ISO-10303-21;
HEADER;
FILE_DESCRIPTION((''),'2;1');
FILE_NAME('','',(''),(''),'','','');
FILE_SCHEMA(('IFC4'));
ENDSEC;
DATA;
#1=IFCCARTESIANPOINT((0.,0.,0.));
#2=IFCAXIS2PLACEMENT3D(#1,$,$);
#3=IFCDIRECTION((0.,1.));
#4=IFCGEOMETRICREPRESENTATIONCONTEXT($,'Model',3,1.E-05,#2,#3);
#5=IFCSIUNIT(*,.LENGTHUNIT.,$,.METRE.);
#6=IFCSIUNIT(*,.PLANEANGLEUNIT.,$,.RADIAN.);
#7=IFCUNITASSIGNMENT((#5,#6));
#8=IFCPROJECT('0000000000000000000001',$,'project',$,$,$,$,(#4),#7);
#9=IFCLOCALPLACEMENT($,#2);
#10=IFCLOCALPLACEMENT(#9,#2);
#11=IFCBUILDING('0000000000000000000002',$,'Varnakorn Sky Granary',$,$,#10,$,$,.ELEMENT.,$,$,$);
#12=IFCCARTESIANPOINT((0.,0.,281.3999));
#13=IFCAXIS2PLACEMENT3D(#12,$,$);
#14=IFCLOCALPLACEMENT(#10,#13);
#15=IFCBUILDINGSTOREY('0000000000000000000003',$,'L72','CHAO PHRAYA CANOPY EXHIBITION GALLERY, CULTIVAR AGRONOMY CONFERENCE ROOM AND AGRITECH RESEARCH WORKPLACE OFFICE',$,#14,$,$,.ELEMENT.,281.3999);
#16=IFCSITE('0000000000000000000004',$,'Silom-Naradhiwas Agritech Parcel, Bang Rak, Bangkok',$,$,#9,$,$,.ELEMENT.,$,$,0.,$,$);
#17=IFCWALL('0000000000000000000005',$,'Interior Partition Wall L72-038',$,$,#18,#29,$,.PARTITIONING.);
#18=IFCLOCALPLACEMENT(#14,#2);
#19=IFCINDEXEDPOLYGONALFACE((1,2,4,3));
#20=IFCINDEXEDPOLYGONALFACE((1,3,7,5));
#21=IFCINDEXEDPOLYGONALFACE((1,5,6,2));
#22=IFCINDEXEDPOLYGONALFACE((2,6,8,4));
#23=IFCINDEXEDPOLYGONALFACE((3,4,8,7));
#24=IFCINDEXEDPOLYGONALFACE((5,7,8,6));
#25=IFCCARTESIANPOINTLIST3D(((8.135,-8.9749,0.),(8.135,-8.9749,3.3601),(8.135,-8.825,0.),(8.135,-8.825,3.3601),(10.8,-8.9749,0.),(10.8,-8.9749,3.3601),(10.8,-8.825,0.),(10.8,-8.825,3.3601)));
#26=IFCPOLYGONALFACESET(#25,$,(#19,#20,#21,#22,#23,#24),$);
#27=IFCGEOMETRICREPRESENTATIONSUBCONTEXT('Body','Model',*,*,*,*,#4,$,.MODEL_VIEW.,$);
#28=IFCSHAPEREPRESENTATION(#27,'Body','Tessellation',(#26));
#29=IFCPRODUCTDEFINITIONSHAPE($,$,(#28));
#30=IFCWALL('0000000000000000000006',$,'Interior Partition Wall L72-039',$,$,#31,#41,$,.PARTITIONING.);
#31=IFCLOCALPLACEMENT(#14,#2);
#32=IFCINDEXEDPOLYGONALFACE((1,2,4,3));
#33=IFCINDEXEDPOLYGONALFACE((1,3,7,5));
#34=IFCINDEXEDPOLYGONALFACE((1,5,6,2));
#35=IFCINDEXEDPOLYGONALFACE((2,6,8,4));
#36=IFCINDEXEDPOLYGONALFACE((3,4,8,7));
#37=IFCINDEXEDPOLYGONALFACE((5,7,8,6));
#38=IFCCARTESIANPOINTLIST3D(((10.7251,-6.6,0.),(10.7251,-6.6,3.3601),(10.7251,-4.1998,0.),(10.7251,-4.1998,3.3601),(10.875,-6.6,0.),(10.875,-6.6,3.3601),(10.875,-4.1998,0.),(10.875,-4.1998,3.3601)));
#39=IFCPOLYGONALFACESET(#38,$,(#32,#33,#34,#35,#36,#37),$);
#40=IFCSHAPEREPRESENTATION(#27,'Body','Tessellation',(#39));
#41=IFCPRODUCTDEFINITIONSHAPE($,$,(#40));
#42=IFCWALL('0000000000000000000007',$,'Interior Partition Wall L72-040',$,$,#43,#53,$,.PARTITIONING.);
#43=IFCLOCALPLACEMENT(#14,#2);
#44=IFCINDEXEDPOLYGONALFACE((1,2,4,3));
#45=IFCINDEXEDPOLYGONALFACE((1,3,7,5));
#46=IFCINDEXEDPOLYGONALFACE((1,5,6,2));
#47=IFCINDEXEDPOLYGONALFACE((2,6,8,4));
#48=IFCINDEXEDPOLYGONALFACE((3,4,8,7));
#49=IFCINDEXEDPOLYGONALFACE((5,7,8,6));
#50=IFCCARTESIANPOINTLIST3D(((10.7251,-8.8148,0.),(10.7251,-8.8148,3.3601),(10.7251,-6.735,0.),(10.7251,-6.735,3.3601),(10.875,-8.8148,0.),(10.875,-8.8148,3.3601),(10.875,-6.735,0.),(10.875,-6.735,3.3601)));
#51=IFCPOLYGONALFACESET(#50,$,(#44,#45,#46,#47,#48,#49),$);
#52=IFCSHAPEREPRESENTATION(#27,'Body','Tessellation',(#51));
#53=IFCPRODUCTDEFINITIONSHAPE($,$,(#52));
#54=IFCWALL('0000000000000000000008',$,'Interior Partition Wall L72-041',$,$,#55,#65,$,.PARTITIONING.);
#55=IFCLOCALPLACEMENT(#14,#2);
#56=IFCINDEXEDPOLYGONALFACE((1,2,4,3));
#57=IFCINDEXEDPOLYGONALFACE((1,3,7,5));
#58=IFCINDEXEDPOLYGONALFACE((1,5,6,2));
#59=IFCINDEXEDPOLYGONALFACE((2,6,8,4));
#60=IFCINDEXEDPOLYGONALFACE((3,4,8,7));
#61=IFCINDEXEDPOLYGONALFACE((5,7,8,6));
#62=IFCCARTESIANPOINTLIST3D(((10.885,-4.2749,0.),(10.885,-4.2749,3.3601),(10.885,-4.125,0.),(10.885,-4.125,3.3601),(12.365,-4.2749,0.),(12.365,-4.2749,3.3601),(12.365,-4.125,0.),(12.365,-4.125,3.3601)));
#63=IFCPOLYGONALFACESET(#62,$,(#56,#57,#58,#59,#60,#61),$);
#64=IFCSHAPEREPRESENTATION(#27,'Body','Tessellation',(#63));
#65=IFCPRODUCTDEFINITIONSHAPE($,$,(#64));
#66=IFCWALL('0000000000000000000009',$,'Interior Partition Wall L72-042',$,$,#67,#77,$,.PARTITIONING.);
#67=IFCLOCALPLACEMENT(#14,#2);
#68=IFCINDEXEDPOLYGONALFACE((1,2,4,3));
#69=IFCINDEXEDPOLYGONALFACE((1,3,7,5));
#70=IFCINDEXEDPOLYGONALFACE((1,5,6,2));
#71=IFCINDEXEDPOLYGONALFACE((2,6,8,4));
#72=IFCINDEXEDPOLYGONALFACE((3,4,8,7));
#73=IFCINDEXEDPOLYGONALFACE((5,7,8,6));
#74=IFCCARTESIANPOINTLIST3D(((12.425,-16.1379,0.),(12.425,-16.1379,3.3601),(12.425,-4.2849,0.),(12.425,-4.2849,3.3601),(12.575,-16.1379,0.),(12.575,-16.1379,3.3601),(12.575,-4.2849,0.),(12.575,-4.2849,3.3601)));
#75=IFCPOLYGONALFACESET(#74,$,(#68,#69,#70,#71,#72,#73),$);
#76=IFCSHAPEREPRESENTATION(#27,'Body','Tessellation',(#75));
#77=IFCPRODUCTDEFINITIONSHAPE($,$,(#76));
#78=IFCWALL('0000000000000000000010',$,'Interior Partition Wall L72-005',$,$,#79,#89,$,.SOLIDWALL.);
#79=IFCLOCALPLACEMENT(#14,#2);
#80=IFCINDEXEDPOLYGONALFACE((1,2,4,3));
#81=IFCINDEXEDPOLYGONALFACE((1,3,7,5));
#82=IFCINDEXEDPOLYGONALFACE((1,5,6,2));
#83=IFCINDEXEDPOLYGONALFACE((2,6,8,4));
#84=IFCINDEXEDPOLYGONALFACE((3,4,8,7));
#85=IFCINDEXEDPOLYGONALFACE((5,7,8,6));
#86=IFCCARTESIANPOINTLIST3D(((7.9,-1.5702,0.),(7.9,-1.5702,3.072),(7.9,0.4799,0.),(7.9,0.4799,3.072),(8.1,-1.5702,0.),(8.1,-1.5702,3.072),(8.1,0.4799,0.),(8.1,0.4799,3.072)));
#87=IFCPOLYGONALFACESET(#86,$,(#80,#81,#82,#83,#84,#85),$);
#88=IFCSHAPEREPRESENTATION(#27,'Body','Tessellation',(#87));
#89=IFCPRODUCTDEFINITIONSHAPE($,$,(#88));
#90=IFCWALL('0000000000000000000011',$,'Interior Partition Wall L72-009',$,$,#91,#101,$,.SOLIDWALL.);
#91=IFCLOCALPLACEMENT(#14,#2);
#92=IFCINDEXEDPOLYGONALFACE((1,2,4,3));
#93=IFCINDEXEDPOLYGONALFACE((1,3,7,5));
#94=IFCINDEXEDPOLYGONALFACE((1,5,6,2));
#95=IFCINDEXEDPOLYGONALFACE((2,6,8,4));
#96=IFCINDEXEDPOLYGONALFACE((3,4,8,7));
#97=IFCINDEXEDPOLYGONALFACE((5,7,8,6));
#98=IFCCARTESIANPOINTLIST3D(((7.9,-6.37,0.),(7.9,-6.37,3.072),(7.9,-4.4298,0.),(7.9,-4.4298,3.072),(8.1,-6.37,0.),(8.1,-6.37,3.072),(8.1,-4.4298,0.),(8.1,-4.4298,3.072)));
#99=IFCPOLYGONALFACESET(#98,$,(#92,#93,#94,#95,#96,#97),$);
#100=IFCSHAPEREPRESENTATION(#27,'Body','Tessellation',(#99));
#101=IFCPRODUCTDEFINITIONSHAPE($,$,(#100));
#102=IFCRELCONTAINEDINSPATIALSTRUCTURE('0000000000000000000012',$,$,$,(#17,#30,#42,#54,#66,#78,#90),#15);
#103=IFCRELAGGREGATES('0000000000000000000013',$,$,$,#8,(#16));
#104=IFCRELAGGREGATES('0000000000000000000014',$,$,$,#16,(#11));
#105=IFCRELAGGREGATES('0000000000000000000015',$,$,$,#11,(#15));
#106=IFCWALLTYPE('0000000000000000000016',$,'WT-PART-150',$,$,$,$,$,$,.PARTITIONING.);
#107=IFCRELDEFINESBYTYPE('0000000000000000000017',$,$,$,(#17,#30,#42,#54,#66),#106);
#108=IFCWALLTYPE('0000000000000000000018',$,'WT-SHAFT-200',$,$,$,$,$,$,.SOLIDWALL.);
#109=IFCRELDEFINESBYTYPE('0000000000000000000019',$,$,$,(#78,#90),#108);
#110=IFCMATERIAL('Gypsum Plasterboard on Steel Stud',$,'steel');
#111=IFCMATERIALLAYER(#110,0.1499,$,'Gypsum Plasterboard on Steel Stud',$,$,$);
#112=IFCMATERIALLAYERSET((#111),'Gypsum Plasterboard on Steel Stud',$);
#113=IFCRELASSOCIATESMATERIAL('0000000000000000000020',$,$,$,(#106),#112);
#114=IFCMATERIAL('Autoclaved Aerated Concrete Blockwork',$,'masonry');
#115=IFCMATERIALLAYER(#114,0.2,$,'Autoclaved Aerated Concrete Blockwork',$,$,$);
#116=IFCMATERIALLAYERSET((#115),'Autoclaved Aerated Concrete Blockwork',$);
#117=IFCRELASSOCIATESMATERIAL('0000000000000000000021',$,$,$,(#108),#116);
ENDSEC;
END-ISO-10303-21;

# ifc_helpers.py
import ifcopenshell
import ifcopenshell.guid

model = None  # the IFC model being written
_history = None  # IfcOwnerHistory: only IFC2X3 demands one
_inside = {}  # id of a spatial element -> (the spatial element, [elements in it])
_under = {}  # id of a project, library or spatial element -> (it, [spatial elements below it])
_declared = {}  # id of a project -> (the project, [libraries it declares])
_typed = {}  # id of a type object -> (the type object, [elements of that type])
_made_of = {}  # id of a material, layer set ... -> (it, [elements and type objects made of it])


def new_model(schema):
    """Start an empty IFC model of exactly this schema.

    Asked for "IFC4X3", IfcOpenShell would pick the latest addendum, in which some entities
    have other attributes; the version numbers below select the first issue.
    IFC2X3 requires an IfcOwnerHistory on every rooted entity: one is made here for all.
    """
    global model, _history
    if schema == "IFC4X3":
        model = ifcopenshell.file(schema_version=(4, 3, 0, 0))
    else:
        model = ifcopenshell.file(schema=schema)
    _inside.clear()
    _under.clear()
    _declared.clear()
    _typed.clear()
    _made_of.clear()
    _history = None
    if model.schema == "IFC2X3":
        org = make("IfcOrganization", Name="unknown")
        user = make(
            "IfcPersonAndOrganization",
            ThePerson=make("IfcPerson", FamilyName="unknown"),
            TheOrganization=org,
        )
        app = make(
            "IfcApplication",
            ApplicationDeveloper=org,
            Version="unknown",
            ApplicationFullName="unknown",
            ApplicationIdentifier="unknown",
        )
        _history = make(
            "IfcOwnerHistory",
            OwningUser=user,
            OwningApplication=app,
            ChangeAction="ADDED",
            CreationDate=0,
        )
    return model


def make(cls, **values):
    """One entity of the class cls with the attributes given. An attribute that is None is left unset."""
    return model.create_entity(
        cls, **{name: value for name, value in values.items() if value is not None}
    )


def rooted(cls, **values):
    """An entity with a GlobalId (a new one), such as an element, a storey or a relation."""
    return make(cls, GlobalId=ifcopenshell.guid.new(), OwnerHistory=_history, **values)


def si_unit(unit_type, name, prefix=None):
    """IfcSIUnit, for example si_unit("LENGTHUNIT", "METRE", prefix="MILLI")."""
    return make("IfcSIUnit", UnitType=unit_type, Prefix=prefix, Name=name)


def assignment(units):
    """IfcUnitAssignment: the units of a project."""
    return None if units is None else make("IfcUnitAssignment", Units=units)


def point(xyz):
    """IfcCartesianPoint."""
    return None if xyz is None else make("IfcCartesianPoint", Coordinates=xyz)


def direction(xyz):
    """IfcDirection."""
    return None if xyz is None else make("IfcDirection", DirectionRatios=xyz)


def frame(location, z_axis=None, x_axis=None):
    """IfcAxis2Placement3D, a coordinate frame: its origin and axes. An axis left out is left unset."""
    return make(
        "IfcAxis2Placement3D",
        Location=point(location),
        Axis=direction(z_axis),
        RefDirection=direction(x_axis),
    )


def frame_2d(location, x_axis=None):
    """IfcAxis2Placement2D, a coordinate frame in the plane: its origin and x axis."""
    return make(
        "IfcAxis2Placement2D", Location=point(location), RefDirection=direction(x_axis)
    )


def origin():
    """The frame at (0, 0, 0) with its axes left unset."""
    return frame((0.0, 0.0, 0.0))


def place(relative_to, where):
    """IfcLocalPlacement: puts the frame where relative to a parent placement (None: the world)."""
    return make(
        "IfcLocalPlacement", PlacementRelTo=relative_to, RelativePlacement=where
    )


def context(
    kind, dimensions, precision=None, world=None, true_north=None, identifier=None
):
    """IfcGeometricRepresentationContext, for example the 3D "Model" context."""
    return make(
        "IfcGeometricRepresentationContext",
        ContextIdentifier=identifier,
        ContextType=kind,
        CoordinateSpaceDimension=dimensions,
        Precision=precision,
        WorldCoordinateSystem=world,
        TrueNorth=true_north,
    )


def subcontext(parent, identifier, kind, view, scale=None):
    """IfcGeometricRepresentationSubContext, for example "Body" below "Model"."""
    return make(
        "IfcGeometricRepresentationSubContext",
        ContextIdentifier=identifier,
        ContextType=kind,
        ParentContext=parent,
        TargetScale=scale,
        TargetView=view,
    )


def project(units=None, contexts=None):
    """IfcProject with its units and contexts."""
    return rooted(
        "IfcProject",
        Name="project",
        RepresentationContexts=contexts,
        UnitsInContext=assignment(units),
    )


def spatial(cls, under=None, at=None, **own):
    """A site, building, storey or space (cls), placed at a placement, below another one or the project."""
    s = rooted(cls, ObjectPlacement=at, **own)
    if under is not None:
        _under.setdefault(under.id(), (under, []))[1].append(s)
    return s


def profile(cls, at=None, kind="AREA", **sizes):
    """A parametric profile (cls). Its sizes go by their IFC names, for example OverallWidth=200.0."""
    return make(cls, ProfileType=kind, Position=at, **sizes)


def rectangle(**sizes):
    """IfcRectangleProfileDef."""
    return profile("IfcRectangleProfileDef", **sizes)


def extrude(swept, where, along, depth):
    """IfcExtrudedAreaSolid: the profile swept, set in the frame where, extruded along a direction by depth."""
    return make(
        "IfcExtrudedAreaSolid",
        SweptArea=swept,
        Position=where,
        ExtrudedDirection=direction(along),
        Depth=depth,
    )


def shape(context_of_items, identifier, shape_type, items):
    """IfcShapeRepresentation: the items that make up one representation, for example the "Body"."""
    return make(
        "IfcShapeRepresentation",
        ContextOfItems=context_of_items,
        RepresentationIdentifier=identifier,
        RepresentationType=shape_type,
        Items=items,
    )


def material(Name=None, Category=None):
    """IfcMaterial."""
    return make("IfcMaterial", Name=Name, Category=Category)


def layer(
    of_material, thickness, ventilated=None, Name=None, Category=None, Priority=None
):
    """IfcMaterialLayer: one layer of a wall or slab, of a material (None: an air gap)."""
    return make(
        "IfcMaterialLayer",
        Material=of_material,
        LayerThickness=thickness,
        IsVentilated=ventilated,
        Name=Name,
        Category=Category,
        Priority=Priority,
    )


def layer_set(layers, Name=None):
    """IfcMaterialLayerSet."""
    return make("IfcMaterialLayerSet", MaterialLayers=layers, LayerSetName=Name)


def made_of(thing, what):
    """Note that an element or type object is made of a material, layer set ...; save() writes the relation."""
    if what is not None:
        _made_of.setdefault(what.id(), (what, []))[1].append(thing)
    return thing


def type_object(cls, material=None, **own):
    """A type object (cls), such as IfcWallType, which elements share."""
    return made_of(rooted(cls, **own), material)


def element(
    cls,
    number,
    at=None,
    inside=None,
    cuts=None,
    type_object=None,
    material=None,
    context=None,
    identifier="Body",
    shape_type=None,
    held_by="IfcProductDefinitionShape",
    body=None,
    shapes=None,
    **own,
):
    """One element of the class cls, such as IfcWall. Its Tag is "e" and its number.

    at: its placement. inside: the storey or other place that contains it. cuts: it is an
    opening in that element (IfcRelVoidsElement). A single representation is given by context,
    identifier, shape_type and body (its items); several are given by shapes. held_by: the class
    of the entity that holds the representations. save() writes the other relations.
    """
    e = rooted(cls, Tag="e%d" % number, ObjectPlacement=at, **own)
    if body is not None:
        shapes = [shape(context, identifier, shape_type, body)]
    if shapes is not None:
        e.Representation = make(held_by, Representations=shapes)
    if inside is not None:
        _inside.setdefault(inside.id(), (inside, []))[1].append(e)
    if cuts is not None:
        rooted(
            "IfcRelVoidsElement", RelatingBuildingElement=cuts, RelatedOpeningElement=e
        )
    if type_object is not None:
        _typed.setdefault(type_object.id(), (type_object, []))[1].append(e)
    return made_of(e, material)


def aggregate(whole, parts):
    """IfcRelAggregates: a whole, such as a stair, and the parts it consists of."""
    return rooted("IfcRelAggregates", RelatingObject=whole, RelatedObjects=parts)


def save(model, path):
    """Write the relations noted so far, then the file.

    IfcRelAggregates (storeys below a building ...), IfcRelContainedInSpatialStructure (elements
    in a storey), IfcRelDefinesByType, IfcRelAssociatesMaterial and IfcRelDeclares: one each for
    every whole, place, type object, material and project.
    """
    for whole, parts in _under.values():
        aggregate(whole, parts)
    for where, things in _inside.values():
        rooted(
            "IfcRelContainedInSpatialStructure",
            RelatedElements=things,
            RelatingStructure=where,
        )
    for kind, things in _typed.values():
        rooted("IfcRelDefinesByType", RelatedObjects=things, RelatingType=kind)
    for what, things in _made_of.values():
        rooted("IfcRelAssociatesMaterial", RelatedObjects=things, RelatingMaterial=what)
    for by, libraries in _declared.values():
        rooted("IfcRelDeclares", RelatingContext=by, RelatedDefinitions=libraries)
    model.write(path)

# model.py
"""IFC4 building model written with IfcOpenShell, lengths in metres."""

from ifc_helpers import new_model, si_unit, direction, frame, frame_2d, origin, place, context, subcontext, project, spatial, rectangle, extrude, material, layer, layer_set, type_object, element, save


model = new_model("IFC4")

# Units and contexts
model_context = context("Model", 3, precision=1e-05, world=origin(), true_north=direction((0.0, 1.0)))
body_context = subcontext(model_context, "Body", "Model", "MODEL_VIEW")
ifc_project = project(units=[si_unit("LENGTHUNIT", "METRE"), si_unit("PLANEANGLEUNIT", "RADIAN")], contexts=[model_context])

# Site, building, storey
site_placement = place(None, origin())
site = spatial("IfcSite", under=ifc_project, at=site_placement, Name="Silom-Naradhiwas Agritech Parcel, Bang Rak, Bangkok", CompositionType="ELEMENT", RefElevation=0.0)
building_placement = place(site_placement, origin())
building = spatial("IfcBuilding", under=site, at=building_placement, Name="Varnakorn Sky Granary", CompositionType="ELEMENT")
storey_placement = place(building_placement, frame((0.0, 0.0, 281.3999)))
storey = spatial("IfcBuildingStorey", under=building, at=storey_placement, Name="L72", Description="CHAO PHRAYA CANOPY EXHIBITION GALLERY, CULTIVAR AGRONOMY CONFERENCE ROOM AND AGRITECH RESEARCH WORKPLACE OFFICE", CompositionType="ELEMENT", Elevation=281.3999)

# Shared definitions
ifc_material_1 = material(Name="Autoclaved Aerated Concrete Blockwork", Category="masonry")
ifc_material_2 = material(Name="Gypsum Plasterboard on Steel Stud", Category="steel")
ifc_layer_1 = layer(ifc_material_2, 0.1499, Name="Gypsum Plasterboard on Steel Stud")
ifc_layer_set_1 = layer_set([ifc_layer_1], Name="Gypsum Plasterboard on Steel Stud")
wall_type_1 = type_object("IfcWallType", Name="WT-PART-150", PredefinedType="PARTITIONING", material=ifc_layer_set_1)

# Walls
wall_1_placement = place(storey_placement, frame((8.135, -8.8999, 0.0), z_axis=(0.0, 0.0, 1.0), x_axis=(1.0, 0.0, 0.0)))
element("IfcWall", 1, at=wall_1_placement, inside=storey, type_object=wall_type_1, Name="Interior Partition Wall L72-038", PredefinedType="PARTITIONING", context=body_context, shape_type="SweptSolid", body=[
    extrude(rectangle(XDim=2.665, YDim=0.1499, at=frame_2d((1.3325, 0.0))), origin(), (0.0, 0.0, 1.0), 3.3601),
])
wall_2_placement = place(storey_placement, frame((10.8, -6.6001, 0.0), z_axis=(0.0, 0.0, 1.0), x_axis=(0.0, 1.0, 0.0)))
element("IfcWall", 2, at=wall_2_placement, inside=storey, type_object=wall_type_1, Name="Interior Partition Wall L72-039", PredefinedType="PARTITIONING", context=body_context, shape_type="SweptSolid", body=[
    extrude(rectangle(XDim=2.4001, YDim=0.1499, at=frame_2d((1.2002, 0.0))), origin(), (0.0, 0.0, 1.0), 3.3601),
])
wall_3_placement = place(storey_placement, frame((10.8, -8.8149, 0.0), z_axis=(0.0, 0.0, 1.0), x_axis=(0.0, 1.0, 0.0)))
element("IfcWall", 3, at=wall_3_placement, inside=storey, type_object=wall_type_1, Name="Interior Partition Wall L72-040", PredefinedType="PARTITIONING", context=body_context, shape_type="SweptSolid", body=[
    extrude(rectangle(XDim=2.0798, YDim=0.1499, at=frame_2d((1.04, 0.0))), origin(), (0.0, 0.0, 1.0), 3.3601),
])
wall_4_placement = place(storey_placement, frame((10.885, -4.2, 0.0), z_axis=(0.0, 0.0, 1.0), x_axis=(1.0, 0.0, 0.0)))
element("IfcWall", 4, at=wall_4_placement, inside=storey, type_object=wall_type_1, Name="Interior Partition Wall L72-041", PredefinedType="PARTITIONING", context=body_context, shape_type="SweptSolid", body=[
    extrude(rectangle(XDim=1.48, YDim=0.1499, at=frame_2d((0.74, 0.0))), origin(), (0.0, 0.0, 1.0), 3.3601),
])
wall_5_placement = place(storey_placement, frame((12.5, -4.2849, 0.0), z_axis=(0.0, 0.0, 1.0), x_axis=(0.0, -1.0, 0.0)))
element("IfcWall", 5, at=wall_5_placement, inside=storey, type_object=wall_type_1, Name="Interior Partition Wall L72-042", PredefinedType="PARTITIONING", context=body_context, shape_type="SweptSolid", body=[
    extrude(rectangle(XDim=11.853, YDim=0.1499, at=frame_2d((5.9265, 0.0))), origin(), (0.0, 0.0, 1.0), 3.3601),
])
ifc_layer_2 = layer(ifc_material_1, 0.2, Name="Autoclaved Aerated Concrete Blockwork")
ifc_layer_set_2 = layer_set([ifc_layer_2], Name="Autoclaved Aerated Concrete Blockwork")
wall_type_2 = type_object("IfcWallType", Name="WT-SHAFT-200", PredefinedType="SOLIDWALL", material=ifc_layer_set_2)
wall_6_placement = place(storey_placement, frame((8.0, -1.5701, 0.0), z_axis=(0.0, 0.0, 1.0), x_axis=(0.0, 1.0, 0.0)))
element("IfcWall", 6, at=wall_6_placement, inside=storey, type_object=wall_type_2, Name="Interior Partition Wall L72-005", PredefinedType="SOLIDWALL", context=body_context, shape_type="SweptSolid", body=[
    extrude(rectangle(XDim=2.05, YDim=0.2, at=frame_2d((1.0249, 0.0))), origin(), (0.0, 0.0, 1.0), 3.072),
])
wall_7_placement = place(storey_placement, frame((8.0, -6.3701, 0.0), z_axis=(0.0, 0.0, 1.0), x_axis=(0.0, 1.0, 0.0)))
element("IfcWall", 7, at=wall_7_placement, inside=storey, type_object=wall_type_2, Name="Interior Partition Wall L72-009", PredefinedType="SOLIDWALL", context=body_context, shape_type="SweptSolid", body=[
    extrude(rectangle(XDim=1.9402, YDim=0.2, at=frame_2d((0.9702, 0.0))), origin(), (0.0, 0.0, 1.0), 3.072),
])

save(model, "model.ifc")
